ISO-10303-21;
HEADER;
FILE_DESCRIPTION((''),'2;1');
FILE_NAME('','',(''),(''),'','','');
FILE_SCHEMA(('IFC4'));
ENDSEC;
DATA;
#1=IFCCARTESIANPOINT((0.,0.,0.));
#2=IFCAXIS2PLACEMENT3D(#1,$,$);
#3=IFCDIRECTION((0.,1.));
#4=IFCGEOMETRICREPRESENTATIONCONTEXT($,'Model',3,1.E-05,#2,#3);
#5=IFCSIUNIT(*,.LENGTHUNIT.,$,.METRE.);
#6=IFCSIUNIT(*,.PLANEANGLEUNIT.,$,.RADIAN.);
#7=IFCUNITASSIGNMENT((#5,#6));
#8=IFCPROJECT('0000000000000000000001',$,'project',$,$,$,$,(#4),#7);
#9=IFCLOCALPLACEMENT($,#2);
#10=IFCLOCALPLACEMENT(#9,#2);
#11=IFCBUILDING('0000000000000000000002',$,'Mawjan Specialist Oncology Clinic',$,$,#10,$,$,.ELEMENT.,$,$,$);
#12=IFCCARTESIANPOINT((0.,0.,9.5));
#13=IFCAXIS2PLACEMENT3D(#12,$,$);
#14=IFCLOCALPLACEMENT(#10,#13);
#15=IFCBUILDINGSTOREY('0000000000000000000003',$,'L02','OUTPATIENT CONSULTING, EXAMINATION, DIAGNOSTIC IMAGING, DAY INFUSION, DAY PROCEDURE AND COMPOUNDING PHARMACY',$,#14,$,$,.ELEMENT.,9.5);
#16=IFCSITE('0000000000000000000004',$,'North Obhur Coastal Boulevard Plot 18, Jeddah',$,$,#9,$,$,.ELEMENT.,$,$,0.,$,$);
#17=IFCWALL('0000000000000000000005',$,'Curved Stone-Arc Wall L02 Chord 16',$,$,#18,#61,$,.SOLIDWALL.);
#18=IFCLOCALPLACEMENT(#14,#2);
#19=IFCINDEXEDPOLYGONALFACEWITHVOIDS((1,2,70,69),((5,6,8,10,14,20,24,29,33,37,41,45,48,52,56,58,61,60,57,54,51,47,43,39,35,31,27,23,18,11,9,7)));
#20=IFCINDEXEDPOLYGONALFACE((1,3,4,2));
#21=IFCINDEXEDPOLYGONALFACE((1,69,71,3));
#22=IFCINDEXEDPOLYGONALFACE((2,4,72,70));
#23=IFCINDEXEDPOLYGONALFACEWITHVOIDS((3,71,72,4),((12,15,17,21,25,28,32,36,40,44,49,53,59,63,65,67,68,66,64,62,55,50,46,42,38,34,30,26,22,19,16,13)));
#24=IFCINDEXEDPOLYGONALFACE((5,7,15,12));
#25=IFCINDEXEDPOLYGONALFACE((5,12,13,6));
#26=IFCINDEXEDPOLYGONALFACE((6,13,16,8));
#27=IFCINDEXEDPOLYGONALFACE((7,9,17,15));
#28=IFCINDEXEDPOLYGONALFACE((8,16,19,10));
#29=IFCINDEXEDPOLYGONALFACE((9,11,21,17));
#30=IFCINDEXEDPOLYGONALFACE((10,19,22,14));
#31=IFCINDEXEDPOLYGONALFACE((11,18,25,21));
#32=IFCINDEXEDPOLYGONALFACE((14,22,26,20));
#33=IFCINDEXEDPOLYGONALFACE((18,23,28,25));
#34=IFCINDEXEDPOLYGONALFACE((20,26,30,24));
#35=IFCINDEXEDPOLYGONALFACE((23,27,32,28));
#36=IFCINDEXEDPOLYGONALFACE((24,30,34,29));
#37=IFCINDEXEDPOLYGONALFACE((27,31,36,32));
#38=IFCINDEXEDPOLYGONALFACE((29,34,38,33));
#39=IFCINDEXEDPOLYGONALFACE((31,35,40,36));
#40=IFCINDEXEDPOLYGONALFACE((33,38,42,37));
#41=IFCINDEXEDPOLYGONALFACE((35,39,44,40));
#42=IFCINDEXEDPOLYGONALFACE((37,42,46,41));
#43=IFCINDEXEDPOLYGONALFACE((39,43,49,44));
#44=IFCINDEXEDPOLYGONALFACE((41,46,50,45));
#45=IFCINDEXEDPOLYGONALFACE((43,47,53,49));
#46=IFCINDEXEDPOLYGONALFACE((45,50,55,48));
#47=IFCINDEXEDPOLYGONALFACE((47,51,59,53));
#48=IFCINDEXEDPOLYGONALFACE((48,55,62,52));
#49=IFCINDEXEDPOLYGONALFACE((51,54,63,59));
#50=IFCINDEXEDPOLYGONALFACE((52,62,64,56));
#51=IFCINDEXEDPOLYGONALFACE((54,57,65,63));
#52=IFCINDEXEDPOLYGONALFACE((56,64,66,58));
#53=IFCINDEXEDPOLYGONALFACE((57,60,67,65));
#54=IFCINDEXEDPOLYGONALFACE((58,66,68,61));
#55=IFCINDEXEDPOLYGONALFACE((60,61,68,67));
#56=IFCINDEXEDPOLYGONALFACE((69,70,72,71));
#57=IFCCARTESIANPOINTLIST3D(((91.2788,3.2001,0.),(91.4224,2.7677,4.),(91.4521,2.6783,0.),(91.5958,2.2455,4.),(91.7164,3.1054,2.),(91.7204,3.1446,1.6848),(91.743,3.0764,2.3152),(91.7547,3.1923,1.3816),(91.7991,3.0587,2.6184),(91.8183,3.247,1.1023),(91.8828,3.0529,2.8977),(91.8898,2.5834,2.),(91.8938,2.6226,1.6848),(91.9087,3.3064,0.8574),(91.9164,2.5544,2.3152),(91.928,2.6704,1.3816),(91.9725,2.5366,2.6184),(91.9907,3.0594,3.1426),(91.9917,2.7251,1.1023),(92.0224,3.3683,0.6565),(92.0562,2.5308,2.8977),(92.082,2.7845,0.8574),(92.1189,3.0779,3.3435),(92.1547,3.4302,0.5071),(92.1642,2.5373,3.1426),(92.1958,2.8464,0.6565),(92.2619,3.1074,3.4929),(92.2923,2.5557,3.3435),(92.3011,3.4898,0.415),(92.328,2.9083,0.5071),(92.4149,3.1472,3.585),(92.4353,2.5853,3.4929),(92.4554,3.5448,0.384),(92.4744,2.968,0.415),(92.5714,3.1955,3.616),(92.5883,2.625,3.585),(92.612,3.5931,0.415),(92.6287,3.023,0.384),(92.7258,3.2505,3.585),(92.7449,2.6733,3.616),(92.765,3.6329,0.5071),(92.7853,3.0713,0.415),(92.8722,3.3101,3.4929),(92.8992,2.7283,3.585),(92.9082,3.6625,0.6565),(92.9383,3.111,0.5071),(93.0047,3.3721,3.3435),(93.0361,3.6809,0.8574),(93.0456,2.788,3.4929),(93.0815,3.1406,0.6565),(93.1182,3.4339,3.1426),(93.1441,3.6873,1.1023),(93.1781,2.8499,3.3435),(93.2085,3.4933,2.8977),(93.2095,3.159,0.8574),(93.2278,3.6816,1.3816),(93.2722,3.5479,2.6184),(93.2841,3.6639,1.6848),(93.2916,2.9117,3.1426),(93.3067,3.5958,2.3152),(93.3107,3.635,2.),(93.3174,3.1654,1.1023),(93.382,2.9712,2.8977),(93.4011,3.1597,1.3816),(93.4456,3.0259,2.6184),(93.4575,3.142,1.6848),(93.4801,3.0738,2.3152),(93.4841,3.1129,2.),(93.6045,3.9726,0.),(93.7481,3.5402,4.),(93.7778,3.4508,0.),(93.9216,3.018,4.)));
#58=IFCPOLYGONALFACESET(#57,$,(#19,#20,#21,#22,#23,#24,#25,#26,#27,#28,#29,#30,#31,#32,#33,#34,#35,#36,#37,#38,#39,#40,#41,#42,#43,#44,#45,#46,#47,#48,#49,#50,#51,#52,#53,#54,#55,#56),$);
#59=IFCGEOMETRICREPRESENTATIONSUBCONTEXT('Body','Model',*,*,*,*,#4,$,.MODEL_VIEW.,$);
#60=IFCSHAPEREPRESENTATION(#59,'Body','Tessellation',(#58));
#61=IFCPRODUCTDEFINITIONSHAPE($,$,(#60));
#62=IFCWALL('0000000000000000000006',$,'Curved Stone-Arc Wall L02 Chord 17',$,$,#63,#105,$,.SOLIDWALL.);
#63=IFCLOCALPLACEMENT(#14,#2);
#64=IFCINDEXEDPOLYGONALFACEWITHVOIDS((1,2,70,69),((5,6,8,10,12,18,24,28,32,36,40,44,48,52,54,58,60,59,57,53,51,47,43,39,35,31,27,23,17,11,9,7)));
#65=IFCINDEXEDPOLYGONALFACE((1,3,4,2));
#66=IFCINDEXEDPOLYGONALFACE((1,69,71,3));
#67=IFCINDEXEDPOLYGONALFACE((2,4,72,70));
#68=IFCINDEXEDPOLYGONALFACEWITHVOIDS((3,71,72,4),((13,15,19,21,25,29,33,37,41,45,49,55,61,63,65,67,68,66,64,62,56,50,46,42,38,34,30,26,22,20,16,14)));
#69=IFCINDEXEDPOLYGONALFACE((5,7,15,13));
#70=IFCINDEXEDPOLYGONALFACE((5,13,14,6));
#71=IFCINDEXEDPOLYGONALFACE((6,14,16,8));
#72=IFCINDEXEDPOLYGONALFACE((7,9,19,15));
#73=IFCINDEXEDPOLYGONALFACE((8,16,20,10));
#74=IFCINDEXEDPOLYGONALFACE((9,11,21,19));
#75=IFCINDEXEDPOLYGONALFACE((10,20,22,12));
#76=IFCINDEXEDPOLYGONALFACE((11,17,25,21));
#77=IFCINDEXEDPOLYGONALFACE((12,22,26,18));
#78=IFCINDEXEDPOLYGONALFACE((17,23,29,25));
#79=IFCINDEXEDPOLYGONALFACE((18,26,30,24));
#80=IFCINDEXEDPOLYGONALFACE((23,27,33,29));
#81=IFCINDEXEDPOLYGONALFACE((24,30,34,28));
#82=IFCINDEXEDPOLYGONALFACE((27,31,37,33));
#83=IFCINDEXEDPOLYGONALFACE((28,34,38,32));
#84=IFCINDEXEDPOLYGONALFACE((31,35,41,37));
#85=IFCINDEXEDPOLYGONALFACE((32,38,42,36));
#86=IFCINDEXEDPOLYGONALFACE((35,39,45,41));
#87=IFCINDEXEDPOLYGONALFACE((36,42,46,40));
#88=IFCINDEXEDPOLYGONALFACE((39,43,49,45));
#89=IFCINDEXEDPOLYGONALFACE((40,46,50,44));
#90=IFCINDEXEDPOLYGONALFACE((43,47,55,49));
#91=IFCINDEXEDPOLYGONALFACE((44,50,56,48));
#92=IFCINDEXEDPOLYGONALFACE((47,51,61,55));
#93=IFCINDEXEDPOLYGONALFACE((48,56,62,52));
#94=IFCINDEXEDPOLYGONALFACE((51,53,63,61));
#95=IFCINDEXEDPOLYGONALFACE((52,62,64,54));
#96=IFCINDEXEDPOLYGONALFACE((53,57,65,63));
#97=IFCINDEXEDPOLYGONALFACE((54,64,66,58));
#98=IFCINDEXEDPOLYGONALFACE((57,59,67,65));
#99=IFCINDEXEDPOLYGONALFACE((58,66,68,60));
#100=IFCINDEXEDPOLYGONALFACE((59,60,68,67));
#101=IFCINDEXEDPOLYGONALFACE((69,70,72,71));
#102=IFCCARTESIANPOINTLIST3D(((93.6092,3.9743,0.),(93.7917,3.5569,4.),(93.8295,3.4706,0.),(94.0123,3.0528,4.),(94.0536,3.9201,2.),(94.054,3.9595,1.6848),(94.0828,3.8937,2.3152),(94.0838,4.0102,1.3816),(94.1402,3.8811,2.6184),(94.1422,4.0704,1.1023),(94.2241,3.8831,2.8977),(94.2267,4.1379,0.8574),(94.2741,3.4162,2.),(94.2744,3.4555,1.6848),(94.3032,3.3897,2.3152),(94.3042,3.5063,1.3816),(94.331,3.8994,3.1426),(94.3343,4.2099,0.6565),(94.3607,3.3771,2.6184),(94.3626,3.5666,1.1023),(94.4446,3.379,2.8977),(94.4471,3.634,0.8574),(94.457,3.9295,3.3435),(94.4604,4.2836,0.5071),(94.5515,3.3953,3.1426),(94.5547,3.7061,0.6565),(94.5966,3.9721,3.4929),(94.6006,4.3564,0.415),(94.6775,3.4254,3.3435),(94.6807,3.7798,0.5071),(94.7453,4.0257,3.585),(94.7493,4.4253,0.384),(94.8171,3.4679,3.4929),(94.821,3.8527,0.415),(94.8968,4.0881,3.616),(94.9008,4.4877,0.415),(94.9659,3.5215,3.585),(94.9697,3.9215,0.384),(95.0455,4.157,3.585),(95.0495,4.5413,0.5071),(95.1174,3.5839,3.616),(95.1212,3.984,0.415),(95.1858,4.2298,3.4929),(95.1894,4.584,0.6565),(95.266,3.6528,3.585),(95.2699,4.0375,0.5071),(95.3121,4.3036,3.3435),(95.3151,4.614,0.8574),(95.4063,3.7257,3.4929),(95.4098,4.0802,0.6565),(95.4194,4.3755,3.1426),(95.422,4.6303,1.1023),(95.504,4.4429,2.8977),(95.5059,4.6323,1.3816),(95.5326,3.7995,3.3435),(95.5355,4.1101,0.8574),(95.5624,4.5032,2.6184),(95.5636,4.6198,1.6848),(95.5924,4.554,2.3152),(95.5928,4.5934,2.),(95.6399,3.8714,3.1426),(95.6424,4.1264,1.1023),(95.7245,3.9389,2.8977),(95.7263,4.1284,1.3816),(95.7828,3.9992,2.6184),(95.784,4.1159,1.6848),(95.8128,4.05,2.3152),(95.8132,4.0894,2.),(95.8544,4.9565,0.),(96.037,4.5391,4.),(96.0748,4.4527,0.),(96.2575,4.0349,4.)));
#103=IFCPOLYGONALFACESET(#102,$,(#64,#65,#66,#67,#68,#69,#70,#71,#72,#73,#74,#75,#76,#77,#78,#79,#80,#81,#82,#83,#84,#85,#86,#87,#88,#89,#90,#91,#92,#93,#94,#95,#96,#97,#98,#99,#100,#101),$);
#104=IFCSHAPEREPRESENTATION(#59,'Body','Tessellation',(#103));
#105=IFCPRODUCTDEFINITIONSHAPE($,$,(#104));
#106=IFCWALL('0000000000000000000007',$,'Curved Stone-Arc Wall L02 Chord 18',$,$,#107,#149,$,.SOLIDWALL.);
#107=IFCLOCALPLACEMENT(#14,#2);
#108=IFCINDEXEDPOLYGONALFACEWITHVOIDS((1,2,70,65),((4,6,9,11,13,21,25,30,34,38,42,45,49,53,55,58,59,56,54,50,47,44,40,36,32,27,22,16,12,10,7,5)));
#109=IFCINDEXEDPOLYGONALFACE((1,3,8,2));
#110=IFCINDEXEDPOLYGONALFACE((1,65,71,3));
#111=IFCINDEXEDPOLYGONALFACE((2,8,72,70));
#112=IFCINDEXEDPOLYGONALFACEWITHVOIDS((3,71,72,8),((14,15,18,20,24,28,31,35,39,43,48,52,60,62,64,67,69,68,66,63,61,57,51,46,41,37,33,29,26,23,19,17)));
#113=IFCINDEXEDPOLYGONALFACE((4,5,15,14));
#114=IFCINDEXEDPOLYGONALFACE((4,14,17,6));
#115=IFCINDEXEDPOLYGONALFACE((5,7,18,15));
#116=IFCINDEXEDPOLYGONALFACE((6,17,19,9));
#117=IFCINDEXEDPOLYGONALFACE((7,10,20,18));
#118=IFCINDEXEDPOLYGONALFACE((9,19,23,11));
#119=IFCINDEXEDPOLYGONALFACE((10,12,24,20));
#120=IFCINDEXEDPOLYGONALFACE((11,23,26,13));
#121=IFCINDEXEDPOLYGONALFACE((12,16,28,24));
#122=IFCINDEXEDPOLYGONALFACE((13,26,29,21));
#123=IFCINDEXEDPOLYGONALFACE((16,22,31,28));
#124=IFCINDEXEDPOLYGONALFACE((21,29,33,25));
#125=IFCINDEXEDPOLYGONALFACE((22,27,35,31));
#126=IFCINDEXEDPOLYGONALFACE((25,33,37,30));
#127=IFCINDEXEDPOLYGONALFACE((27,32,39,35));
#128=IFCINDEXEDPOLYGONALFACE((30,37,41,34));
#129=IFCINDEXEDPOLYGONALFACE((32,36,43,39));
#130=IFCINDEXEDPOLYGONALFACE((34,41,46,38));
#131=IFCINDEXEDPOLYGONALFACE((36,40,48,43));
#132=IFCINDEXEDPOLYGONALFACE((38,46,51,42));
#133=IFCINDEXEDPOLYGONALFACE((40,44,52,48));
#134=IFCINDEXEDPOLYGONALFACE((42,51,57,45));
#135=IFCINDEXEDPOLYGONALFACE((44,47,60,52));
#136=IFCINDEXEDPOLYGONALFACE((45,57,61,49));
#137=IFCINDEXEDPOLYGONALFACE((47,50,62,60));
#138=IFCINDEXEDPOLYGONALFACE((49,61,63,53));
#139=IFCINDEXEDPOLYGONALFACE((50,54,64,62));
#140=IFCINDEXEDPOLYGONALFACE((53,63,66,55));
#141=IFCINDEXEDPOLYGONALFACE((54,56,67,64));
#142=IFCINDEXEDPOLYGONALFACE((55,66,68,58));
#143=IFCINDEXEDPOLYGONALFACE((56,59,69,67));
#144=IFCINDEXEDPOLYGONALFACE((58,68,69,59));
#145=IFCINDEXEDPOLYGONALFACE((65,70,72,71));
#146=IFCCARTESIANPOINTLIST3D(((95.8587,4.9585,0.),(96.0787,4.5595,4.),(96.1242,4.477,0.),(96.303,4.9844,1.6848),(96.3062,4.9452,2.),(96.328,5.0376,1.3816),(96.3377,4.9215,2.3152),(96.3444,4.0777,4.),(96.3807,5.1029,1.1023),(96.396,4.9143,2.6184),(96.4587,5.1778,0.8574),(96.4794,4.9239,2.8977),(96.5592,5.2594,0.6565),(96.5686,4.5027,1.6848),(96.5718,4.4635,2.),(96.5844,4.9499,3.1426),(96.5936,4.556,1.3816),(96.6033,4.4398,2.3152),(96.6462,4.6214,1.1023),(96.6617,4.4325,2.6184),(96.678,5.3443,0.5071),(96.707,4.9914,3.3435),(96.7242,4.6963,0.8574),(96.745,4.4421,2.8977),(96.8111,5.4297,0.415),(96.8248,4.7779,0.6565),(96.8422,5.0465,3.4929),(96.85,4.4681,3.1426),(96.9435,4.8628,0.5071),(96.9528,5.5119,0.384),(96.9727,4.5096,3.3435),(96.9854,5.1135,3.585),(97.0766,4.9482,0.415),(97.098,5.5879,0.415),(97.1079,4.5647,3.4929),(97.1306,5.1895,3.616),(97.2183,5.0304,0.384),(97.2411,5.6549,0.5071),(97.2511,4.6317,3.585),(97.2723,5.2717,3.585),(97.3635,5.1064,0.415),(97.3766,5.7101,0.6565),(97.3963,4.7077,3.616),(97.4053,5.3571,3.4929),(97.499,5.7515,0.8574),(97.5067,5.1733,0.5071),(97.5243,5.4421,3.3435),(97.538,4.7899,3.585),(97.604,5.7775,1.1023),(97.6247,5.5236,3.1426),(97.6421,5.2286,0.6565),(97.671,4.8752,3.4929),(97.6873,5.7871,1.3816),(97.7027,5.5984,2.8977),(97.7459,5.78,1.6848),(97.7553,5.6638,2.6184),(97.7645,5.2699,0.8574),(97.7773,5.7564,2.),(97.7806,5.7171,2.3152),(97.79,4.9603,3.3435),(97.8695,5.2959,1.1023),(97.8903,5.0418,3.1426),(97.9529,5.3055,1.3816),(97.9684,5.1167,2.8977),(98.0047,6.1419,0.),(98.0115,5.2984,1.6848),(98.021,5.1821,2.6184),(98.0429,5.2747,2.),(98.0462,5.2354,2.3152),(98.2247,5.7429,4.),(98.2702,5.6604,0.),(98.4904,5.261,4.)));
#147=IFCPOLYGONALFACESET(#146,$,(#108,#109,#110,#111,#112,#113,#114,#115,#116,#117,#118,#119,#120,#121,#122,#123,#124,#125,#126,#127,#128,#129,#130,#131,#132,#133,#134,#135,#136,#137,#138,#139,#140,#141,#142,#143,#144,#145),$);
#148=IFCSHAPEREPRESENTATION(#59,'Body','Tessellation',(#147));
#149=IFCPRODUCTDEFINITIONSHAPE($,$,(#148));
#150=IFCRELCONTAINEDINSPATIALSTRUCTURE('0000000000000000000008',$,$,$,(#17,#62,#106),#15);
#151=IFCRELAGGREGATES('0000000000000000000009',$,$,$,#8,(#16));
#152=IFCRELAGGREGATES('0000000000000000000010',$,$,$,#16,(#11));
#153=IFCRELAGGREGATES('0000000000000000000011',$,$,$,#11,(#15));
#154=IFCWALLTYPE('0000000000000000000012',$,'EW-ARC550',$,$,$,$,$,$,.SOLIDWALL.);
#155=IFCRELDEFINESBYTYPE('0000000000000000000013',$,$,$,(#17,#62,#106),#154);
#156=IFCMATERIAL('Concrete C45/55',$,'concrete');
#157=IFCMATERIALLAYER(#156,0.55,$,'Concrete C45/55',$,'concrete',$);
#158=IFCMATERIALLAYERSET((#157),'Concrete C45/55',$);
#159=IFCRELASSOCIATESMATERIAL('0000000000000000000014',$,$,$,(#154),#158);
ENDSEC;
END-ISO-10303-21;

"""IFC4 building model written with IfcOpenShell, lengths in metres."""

from ifc_helpers import new_model, si_unit, direction, frame, origin, place, context, subcontext, project, spatial, polyline, outline, extrude, material, layer, layer_set, type_object, element, save


model = new_model("IFC4")

# Units and contexts
model_context = context("Model", 3, precision=1e-05, world=origin(), true_north=direction((0.0, 1.0)))
body_context = subcontext(model_context, "Body", "Model", "MODEL_VIEW")
ifc_project = project(units=[si_unit("LENGTHUNIT", "METRE"), si_unit("PLANEANGLEUNIT", "RADIAN")], contexts=[model_context])

# Site, building, storey
site_placement = place(None, origin())
site = spatial("IfcSite", under=ifc_project, at=site_placement, Name="North Obhur Coastal Boulevard Plot 18, Jeddah", CompositionType="ELEMENT", RefElevation=0.0)
building_placement = place(site_placement, origin())
building = spatial("IfcBuilding", under=site, at=building_placement, Name="Mawjan Specialist Oncology Clinic", CompositionType="ELEMENT")
storey_placement = place(building_placement, frame((0.0, 0.0, 9.5)))
storey = spatial("IfcBuildingStorey", under=building, at=storey_placement, Name="L02", Description="OUTPATIENT CONSULTING, EXAMINATION, DIAGNOSTIC IMAGING, DAY INFUSION, DAY PROCEDURE AND COMPOUNDING PHARMACY", CompositionType="ELEMENT", Elevation=9.5)

# Walls, openings
ifc_material_1 = material(Name="Concrete C45/55", Category="concrete")
ifc_layer_1 = layer(ifc_material_1, 0.55, Name="Concrete C45/55", Category="concrete")
ifc_layer_set_1 = layer_set([ifc_layer_1], Name="Concrete C45/55")
wall_type = type_object("IfcWallType", Name="EW-ARC550", PredefinedType="SOLIDWALL", material=ifc_layer_set_1)
wall_1_placement = place(storey_placement, frame((93.6912, 3.7117, 0.0), z_axis=(0.0, 0.0, 1.0), x_axis=(-0.949021, -0.315211, 0.0)))
wall_1 = element("IfcWall", 1, at=wall_1_placement, inside=storey, type_object=wall_type, Name="Curved Stone-Arc Wall L02 Chord 16", PredefinedType="SOLIDWALL", context=body_context, shape_type="SweptSolid", body=[
    extrude(outline(polyline([(-0.2749, 0.0), (0.2749, 0.0), (0.731, 4.0), (0.1807, 4.0), (-0.2749, 0.0)])), frame((0.0, 0.0, 0.0), z_axis=(1.0, 0.0, 0.0), x_axis=(0.0, 1.0, 0.0)), (0.0, 0.0, 1.0), 2.4507),
])
opening_1_placement = place(wall_1_placement, origin())
element("IfcOpeningElement", 2, at=opening_1_placement, cuts=wall_1, PredefinedType="OPENING", context=body_context, shape_type="SweptSolid", body=[
    extrude(outline(polyline([(2.0652, 2.0), (2.0491, 2.3152), (2.0015, 2.6184), (1.9238, 2.8977), (1.8193, 3.1426), (1.6919, 3.3435), (1.5469, 3.4929), (1.3892, 3.585), (1.2253, 3.616), (1.0615, 3.585), (0.9038, 3.4929), (0.7585, 3.3435), (0.6313, 3.1426), (0.5269, 2.8977), (0.4492, 2.6184), (0.4014, 2.3152), (0.3853, 2.0), (0.4014, 1.6848), (0.4492, 1.3816), (0.5269, 1.1023), (0.6313, 0.8574), (0.7585, 0.6565), (0.9038, 0.5071), (1.0615, 0.415), (1.2253, 0.384), (1.3892, 0.415), (1.5469, 0.5071), (1.6919, 0.6565), (1.8193, 0.8574), (1.9238, 1.1023), (2.0015, 1.3816), (2.0491, 1.6848), (2.0652, 2.0)])), frame((0.0, 0.7507, 0.0), z_axis=(0.0, -1.0, 0.0), x_axis=(1.0, 0.0, 0.0)), (0.0, 0.0, 1.0), 1.0459),
])
wall_2_placement = place(storey_placement, frame((95.9646, 4.7046, 0.0), z_axis=(0.0, 0.0, 1.0), x_axis=(-0.916182, -0.400761, 0.0)))
wall_2 = element("IfcWall", 3, at=wall_2_placement, inside=storey, type_object=wall_type, Name="Curved Stone-Arc Wall L02 Chord 17", PredefinedType="SOLIDWALL", context=body_context, shape_type="SweptSolid", body=[
    extrude(outline(polyline([(-0.2749, 0.0), (0.2749, 0.0), (0.731, 4.0), (0.1807, 4.0), (-0.2749, 0.0)])), frame((0.0, 0.0, 0.0), z_axis=(1.0, 0.0, 0.0), x_axis=(0.0, 1.0, 0.0)), (0.0, 0.0, 1.0), 2.4507),
])
opening_2_placement = place(wall_2_placement, origin())
element("IfcOpeningElement", 4, at=opening_2_placement, cuts=wall_2, PredefinedType="OPENING", context=body_context, shape_type="SweptSolid", body=[
    extrude(outline(polyline([(2.0652, 2.0), (2.0491, 2.3152), (2.0015, 2.6184), (1.9238, 2.8977), (1.8193, 3.1426), (1.6919, 3.3435), (1.5469, 3.4929), (1.3892, 3.585), (1.2253, 3.616), (1.0615, 3.585), (0.9038, 3.4929), (0.7585, 3.3435), (0.6313, 3.1426), (0.5269, 2.8977), (0.4492, 2.6184), (0.4014, 2.3152), (0.3853, 2.0), (0.4014, 1.6848), (0.4492, 1.3816), (0.5269, 1.1023), (0.6313, 0.8574), (0.7585, 0.6565), (0.9038, 0.5071), (1.0615, 0.415), (1.2253, 0.384), (1.3892, 0.415), (1.5469, 0.5071), (1.6919, 0.6565), (1.8193, 0.8574), (1.9238, 1.1023), (2.0015, 1.3816), (2.0491, 1.6848), (2.0652, 2.0)])), frame((0.0, 0.7507, 0.0), z_axis=(0.0, -1.0, 0.0), x_axis=(1.0, 0.0, 0.0)), (0.0, 0.0, 1.0), 1.0459),
])
wall_3_placement = place(storey_placement, frame((98.1375, 5.9011, 0.0), z_axis=(0.0, 0.0, 1.0), x_axis=(-0.87569, -0.482875, 0.0)))
wall_3 = element("IfcWall", 5, at=wall_3_placement, inside=storey, type_object=wall_type, Name="Curved Stone-Arc Wall L02 Chord 18", PredefinedType="SOLIDWALL", context=body_context, shape_type="SweptSolid", body=[
    extrude(outline(polyline([(-0.2749, 0.0), (0.2749, 0.0), (0.731, 4.0), (0.1807, 4.0), (-0.2749, 0.0)])), frame((0.0, 0.0, 0.0), z_axis=(1.0, 0.0, 0.0), x_axis=(0.0, 1.0, 0.0)), (0.0, 0.0, 1.0), 2.4507),
])
opening_3_placement = place(wall_3_placement, origin())
element("IfcOpeningElement", 6, at=opening_3_placement, cuts=wall_3, PredefinedType="OPENING", context=body_context, shape_type="SweptSolid", body=[
    extrude(outline(polyline([(2.0652, 2.0), (2.0491, 2.3152), (2.0015, 2.6184), (1.9238, 2.8977), (1.8193, 3.1426), (1.6919, 3.3435), (1.5469, 3.4929), (1.3892, 3.585), (1.2253, 3.616), (1.0615, 3.585), (0.9038, 3.4929), (0.7585, 3.3435), (0.6313, 3.1426), (0.5269, 2.8977), (0.4492, 2.6184), (0.4014, 2.3152), (0.3853, 2.0), (0.4014, 1.6848), (0.4492, 1.3816), (0.5269, 1.1023), (0.6313, 0.8574), (0.7585, 0.6565), (0.9038, 0.5071), (1.0615, 0.415), (1.2253, 0.384), (1.3892, 0.415), (1.5469, 0.5071), (1.6919, 0.6565), (1.8193, 0.8574), (1.9238, 1.1023), (2.0015, 1.3816), (2.0491, 1.6848), (2.0652, 2.0)])), frame((0.0, 0.7507, 0.0), z_axis=(0.0, -1.0, 0.0), x_axis=(1.0, 0.0, 0.0)), (0.0, 0.0, 1.0), 1.0459),
])

save(model, "model.ifc")
